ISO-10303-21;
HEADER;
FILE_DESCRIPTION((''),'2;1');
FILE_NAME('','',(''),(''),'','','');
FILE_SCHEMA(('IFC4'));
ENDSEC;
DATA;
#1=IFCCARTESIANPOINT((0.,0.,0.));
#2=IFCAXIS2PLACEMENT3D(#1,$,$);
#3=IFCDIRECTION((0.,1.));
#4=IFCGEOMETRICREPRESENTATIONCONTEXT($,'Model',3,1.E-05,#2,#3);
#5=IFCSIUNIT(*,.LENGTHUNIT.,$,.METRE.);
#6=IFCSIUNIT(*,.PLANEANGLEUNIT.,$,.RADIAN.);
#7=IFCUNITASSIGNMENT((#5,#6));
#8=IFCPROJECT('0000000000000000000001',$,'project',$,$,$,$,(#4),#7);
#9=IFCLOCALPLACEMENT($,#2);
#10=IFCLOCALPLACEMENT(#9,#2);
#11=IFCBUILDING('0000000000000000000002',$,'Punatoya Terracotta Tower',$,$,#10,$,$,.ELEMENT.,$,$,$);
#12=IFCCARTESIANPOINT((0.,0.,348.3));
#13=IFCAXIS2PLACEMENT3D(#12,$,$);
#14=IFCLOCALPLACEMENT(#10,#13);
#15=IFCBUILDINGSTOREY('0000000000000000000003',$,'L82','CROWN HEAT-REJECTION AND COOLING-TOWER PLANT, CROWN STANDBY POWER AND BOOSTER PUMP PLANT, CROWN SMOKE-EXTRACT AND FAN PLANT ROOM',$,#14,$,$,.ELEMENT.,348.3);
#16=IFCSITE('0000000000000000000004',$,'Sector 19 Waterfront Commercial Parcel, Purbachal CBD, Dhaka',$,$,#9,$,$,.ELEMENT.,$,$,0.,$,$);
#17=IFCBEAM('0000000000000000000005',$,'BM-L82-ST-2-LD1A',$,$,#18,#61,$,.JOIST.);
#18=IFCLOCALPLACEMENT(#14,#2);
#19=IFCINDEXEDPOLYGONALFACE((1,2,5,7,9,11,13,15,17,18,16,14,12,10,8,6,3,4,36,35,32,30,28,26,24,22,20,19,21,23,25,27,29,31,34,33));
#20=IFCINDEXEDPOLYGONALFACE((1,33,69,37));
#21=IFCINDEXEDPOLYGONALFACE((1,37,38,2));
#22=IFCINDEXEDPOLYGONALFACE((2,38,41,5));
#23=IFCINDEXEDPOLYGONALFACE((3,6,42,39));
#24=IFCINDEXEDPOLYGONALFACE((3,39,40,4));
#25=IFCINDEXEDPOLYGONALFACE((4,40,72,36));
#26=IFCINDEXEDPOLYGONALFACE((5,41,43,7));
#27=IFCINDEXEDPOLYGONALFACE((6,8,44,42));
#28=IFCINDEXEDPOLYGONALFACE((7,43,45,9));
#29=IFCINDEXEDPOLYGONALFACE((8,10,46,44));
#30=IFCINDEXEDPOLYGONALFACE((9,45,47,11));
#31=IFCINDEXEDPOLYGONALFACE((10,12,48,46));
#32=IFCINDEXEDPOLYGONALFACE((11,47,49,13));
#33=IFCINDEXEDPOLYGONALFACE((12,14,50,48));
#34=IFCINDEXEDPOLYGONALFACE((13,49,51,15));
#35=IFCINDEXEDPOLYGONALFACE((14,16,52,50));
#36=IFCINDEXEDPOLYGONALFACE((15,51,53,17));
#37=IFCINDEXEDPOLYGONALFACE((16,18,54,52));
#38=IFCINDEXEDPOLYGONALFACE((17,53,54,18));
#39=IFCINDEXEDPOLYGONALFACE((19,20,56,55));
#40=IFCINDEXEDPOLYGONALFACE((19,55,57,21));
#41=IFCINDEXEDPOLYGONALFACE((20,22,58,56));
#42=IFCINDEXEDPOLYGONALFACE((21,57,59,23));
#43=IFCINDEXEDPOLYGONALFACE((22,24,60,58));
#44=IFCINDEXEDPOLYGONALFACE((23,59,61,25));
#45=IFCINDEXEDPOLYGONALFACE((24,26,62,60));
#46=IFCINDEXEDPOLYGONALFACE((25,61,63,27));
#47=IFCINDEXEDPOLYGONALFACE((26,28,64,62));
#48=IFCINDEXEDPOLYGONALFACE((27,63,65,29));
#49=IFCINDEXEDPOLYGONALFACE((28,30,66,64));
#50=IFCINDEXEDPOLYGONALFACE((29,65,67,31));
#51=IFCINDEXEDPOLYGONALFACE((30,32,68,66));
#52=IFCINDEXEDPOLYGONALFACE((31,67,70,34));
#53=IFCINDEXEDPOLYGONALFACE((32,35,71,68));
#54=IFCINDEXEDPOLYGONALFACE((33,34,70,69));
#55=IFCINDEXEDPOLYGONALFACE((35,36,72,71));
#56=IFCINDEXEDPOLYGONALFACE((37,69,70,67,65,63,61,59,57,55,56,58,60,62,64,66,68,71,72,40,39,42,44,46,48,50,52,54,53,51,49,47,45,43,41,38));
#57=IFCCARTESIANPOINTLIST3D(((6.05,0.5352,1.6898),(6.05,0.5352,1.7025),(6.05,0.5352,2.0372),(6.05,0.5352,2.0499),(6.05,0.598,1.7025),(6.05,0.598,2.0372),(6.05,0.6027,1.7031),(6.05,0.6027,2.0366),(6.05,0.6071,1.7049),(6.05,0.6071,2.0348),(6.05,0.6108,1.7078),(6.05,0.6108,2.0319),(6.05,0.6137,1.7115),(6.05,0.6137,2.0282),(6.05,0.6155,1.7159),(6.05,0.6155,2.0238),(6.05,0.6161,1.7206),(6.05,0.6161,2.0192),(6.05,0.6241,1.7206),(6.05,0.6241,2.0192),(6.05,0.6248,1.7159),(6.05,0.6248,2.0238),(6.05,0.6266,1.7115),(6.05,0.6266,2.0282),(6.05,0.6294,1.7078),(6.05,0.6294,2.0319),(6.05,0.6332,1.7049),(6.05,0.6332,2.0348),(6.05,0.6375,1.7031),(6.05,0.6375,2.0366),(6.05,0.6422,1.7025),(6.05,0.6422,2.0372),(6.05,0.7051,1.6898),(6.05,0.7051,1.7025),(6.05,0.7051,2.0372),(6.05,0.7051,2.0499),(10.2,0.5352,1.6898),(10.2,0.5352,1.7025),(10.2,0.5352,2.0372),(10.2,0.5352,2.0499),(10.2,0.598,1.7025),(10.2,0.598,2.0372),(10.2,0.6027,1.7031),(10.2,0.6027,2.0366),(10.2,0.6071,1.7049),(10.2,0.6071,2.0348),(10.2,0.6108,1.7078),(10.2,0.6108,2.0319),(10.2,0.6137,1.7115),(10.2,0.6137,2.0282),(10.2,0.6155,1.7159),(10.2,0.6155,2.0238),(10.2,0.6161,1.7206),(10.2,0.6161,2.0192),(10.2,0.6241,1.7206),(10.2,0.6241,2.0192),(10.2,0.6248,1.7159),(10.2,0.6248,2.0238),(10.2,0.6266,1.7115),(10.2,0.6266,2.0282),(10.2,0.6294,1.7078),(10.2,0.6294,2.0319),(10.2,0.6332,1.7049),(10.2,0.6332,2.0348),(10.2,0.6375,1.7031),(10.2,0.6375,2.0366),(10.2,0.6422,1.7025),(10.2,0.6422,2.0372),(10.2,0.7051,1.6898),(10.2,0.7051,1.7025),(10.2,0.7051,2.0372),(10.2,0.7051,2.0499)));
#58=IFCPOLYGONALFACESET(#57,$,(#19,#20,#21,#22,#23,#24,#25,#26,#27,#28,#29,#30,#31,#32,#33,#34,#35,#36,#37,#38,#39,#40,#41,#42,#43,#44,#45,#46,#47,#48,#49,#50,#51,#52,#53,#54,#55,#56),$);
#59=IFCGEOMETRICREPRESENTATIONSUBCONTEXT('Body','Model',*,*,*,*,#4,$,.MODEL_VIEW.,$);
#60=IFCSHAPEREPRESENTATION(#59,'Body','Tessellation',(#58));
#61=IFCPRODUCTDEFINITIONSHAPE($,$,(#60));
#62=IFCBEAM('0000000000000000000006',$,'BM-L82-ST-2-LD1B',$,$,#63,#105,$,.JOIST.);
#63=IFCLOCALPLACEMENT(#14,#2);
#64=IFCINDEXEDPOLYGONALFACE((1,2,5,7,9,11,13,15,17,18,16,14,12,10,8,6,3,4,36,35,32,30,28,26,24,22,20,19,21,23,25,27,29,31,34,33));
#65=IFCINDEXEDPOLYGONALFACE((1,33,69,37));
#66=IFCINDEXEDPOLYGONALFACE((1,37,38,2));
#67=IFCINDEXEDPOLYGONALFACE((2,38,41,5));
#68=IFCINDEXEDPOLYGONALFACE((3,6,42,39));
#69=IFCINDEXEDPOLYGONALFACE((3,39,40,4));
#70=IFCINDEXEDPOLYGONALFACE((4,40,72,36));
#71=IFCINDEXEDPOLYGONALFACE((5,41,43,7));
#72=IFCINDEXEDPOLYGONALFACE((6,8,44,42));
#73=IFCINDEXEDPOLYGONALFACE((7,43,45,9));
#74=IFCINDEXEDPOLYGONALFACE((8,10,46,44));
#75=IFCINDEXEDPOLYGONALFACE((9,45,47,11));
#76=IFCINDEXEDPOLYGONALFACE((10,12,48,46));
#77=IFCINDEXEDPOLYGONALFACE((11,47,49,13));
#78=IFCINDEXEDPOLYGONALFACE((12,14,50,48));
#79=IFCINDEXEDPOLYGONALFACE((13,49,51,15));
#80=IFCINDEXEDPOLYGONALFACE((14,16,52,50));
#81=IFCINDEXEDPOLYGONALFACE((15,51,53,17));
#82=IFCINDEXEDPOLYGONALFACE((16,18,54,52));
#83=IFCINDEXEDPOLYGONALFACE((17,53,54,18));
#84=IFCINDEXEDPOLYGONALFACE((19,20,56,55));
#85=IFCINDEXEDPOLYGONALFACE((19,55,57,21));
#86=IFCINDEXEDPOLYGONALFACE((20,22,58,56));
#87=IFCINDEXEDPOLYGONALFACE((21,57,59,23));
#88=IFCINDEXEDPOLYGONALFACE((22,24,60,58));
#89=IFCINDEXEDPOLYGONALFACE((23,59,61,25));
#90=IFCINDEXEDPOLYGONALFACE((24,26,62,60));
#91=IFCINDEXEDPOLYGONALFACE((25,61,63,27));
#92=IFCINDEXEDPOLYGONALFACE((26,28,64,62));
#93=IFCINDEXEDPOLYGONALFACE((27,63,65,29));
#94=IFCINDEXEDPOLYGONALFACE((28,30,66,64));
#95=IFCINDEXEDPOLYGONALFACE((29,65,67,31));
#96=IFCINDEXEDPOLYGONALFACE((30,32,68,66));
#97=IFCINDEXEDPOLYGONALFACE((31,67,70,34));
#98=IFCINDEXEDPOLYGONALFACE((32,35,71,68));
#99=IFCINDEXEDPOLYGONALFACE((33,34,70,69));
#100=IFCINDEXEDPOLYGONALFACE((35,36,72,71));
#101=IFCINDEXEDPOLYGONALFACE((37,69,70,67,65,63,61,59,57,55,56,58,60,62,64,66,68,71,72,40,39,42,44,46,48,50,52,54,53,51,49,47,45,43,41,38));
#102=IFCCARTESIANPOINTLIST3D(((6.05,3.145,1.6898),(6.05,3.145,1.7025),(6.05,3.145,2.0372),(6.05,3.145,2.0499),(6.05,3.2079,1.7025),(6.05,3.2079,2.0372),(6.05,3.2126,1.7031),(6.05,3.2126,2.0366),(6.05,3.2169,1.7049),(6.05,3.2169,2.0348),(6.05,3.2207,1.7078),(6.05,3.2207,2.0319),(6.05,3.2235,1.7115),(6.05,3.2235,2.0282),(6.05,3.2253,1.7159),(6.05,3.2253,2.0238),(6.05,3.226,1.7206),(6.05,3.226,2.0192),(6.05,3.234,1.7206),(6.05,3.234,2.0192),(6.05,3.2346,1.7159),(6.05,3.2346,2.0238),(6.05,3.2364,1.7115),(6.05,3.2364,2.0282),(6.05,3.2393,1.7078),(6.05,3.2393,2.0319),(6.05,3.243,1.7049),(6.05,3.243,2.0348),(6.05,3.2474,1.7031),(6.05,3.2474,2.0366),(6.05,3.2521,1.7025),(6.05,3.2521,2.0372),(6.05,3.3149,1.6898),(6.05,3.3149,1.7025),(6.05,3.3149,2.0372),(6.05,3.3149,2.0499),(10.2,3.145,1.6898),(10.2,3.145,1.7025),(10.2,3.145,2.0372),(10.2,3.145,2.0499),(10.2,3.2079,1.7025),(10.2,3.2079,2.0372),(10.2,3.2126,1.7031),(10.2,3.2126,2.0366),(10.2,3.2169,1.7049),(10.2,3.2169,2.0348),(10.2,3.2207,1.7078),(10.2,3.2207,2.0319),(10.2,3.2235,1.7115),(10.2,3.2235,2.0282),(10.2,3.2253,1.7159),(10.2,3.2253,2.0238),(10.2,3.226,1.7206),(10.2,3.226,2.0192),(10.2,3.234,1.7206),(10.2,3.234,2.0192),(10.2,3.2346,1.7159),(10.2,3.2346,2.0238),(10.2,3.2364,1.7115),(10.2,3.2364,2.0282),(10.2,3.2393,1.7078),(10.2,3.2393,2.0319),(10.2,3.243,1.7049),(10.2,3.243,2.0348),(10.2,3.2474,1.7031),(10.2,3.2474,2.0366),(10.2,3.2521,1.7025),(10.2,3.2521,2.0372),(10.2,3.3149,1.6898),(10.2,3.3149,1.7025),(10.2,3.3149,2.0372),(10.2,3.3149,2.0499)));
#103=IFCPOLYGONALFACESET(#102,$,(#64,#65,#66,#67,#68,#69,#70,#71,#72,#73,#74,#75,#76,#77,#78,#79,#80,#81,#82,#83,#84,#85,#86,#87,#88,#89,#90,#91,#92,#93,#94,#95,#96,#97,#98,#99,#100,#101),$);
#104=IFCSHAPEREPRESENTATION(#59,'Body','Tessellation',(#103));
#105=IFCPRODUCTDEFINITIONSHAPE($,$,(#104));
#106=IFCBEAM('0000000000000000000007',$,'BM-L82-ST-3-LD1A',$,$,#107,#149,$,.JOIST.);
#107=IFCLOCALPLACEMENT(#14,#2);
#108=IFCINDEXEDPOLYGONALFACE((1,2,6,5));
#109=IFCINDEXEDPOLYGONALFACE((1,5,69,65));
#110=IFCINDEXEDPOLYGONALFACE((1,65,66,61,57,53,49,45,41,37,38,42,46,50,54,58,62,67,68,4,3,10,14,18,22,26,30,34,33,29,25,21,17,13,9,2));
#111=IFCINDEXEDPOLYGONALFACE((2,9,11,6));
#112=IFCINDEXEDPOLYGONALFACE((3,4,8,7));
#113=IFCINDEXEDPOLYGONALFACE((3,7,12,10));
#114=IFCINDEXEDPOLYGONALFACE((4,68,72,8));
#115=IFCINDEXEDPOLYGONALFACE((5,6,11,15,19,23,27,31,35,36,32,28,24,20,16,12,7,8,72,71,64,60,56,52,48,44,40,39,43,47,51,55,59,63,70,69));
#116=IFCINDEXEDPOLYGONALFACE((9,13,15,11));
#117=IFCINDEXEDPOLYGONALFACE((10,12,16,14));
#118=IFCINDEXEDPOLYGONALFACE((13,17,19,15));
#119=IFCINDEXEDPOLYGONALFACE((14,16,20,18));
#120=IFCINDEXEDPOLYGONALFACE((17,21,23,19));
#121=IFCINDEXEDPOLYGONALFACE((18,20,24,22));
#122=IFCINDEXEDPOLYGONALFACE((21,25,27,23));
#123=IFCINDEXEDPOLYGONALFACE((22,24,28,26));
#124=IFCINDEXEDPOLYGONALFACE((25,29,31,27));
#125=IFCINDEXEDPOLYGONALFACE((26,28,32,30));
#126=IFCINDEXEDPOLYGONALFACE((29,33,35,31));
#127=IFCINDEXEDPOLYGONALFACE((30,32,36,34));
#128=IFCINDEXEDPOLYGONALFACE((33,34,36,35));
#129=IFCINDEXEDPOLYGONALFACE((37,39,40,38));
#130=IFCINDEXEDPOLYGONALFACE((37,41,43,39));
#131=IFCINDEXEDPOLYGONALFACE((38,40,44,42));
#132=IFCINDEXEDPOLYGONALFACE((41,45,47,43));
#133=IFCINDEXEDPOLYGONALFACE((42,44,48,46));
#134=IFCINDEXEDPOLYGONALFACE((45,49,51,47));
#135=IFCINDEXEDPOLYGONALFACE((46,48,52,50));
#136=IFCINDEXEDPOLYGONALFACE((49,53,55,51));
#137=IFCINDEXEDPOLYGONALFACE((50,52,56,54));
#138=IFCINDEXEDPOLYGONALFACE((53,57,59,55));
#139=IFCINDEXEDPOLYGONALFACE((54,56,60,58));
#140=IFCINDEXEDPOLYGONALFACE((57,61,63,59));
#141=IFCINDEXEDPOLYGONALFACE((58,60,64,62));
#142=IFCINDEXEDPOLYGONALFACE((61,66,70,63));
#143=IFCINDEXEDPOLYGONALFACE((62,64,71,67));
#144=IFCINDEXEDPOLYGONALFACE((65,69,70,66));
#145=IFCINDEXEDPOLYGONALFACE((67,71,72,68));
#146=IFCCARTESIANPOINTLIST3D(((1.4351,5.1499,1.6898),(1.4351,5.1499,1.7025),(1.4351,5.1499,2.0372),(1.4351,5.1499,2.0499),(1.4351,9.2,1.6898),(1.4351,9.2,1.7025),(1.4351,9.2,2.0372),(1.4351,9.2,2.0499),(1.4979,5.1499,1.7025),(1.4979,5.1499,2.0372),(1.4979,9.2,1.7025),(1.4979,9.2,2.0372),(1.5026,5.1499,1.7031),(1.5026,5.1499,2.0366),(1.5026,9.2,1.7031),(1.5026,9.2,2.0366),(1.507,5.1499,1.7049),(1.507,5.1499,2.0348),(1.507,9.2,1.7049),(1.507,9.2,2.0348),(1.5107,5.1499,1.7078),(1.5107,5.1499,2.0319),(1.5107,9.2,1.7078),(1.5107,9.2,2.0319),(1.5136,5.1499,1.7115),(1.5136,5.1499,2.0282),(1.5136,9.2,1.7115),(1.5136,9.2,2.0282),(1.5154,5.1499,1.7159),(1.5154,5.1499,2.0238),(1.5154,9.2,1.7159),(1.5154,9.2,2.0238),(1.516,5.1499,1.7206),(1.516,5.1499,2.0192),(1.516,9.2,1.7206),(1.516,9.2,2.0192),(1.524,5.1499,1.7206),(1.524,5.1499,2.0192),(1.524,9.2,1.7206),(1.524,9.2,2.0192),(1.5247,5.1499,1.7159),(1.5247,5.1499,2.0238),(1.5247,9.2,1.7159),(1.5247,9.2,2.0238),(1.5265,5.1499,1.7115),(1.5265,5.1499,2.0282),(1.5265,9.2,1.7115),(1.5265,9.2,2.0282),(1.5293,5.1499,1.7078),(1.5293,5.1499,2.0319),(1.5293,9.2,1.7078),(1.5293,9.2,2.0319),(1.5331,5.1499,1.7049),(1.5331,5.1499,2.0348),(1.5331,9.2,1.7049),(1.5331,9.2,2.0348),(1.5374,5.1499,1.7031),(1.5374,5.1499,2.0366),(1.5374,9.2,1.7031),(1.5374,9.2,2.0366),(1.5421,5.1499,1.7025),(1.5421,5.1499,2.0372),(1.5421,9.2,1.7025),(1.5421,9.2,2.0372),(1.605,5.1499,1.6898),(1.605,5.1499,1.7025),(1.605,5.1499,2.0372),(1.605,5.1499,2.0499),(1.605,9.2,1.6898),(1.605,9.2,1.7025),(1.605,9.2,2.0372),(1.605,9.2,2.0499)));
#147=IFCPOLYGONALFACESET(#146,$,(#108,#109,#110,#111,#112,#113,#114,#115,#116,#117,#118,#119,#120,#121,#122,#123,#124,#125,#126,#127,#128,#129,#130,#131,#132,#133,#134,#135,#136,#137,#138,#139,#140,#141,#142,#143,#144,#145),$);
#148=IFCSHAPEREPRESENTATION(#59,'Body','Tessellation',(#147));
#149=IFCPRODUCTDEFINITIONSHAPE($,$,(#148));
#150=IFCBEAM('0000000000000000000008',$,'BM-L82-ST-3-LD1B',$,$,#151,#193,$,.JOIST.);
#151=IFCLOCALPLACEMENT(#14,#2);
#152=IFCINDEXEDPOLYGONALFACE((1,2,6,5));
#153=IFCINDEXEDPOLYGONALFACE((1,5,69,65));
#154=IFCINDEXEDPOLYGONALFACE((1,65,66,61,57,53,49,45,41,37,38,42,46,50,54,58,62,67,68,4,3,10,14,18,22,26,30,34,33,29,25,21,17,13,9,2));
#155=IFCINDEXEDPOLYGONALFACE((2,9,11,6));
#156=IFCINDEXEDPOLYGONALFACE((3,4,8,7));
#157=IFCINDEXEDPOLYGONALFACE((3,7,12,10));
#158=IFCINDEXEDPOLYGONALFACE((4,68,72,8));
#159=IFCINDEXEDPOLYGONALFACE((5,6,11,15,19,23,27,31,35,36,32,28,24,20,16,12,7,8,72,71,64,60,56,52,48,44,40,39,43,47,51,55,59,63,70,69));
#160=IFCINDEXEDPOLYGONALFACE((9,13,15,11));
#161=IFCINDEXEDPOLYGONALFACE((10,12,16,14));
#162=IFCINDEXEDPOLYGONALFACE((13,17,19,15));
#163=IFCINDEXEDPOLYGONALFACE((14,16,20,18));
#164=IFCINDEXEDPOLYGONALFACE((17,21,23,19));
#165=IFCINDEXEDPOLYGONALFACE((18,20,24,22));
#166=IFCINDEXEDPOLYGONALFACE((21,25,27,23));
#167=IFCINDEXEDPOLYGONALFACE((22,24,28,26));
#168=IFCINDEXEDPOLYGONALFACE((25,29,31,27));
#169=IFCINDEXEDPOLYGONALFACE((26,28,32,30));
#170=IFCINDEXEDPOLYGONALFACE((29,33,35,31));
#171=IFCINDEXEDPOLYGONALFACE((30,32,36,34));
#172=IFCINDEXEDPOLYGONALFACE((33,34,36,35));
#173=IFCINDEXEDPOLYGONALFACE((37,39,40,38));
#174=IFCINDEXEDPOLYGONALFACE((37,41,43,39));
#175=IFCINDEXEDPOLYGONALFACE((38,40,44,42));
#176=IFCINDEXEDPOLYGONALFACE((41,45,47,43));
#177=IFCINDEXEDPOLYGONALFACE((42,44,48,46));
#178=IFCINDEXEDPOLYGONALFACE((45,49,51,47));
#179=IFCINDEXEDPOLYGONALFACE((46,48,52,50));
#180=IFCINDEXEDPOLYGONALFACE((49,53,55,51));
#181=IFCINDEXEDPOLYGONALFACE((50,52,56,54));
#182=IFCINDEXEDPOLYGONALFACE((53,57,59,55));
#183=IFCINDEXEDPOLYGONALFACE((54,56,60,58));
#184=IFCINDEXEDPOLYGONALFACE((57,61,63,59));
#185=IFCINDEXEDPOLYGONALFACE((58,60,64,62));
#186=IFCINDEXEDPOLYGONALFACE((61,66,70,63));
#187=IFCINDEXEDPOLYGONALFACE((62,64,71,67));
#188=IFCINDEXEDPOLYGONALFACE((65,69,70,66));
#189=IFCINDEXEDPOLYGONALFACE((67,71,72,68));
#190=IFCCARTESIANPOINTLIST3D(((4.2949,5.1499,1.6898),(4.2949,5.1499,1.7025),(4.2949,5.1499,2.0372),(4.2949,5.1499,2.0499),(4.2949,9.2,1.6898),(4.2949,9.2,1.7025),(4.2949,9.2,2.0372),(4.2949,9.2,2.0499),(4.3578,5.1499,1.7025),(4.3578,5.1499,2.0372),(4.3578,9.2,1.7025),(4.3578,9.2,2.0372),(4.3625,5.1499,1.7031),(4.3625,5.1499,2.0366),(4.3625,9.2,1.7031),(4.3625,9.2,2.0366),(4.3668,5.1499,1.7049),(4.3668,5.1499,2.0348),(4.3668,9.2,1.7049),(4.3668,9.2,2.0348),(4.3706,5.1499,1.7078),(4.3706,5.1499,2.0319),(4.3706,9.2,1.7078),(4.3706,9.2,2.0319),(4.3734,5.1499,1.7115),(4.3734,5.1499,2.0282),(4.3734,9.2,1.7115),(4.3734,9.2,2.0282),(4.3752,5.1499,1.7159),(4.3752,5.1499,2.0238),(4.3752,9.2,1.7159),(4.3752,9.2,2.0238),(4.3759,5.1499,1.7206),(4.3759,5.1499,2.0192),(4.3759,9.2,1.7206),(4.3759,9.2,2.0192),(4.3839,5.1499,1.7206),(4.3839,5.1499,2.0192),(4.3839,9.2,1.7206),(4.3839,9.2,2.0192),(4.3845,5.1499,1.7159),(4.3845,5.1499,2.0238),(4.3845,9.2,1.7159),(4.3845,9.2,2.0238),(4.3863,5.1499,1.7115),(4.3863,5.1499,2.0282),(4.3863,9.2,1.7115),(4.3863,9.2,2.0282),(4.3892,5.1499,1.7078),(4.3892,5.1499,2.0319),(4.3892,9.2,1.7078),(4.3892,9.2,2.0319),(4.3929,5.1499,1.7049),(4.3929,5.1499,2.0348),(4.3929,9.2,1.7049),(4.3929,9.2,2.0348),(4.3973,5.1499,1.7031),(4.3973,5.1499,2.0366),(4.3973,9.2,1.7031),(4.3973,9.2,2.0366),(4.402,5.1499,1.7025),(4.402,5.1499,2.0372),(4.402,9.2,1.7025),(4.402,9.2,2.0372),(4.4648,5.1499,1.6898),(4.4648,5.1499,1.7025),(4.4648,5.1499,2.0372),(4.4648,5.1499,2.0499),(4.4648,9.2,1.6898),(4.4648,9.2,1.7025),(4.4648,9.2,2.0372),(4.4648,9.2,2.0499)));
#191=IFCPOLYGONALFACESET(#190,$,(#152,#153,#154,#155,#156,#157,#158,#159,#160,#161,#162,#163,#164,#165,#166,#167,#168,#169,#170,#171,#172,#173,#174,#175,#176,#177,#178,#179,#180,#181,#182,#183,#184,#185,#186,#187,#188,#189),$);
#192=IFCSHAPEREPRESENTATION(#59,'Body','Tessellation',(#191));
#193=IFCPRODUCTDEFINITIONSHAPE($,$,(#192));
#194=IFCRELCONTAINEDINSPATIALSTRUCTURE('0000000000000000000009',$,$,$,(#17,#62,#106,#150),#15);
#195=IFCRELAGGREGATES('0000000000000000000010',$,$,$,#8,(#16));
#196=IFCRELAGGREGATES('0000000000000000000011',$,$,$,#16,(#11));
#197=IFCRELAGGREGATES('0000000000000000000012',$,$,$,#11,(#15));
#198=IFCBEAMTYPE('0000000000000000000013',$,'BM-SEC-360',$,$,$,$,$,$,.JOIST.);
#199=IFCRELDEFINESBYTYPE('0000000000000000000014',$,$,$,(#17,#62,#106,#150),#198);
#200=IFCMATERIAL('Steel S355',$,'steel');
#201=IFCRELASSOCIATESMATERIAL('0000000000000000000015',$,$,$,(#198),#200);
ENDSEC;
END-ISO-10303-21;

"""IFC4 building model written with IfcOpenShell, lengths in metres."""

from ifc_helpers import new_model, si_unit, direction, frame, origin, origin_2d, place, context, subcontext, project, spatial, i_section, extrude, material, material_profile, profile_set, type_object, element, save


model = new_model("IFC4")

# Units and contexts
model_context = context("Model", 3, precision=1e-05, world=origin(), true_north=direction((0.0, 1.0)))
body_context = subcontext(model_context, "Body", "Model", "MODEL_VIEW")
ifc_project = project(units=[si_unit("LENGTHUNIT", "METRE"), si_unit("PLANEANGLEUNIT", "RADIAN")], contexts=[model_context])

# Site, building, storey
site_placement = place(None, origin())
site = spatial("IfcSite", under=ifc_project, at=site_placement, Name="Sector 19 Waterfront Commercial Parcel, Purbachal CBD, Dhaka", CompositionType="ELEMENT", RefElevation=0.0)
building_placement = place(site_placement, origin())
building = spatial("IfcBuilding", under=site, at=building_placement, Name="Punatoya Terracotta Tower", CompositionType="ELEMENT")
storey_placement = place(building_placement, frame((0.0, 0.0, 348.3)))
storey = spatial("IfcBuildingStorey", under=building, at=storey_placement, Name="L82", Description="CROWN HEAT-REJECTION AND COOLING-TOWER PLANT, CROWN STANDBY POWER AND BOOSTER PUMP PLANT, CROWN SMOKE-EXTRACT AND FAN PLANT ROOM", CompositionType="ELEMENT", Elevation=348.3)

# Beams
ifc_material_1 = material(Name="Steel S355", Category="steel")
ifc_material_profile_1 = material_profile(ifc_material_1, i_section(OverallWidth=0.1699, OverallDepth=0.3601, WebThickness=0.0081, FlangeThickness=0.0127, FilletRadius=0.0181, at=origin_2d()))
ifc_profile_set_1 = profile_set([ifc_material_profile_1], Name="Steel S355")
beam_type_1 = type_object("IfcBeamType", Name="BM-SEC-360", PredefinedType="JOIST", material=ifc_profile_set_1)
for number, where, z_axis, x_axis, name in (
    (1, (6.05, 0.6201, 1.8699), (1.0, 0.0, 0.0), (0.0, 1.0, 0.0), "BM-L82-ST-2-LD1A"),
    (2, (6.05, 3.23, 1.8699), (1.0, 0.0, 0.0), (0.0, 1.0, 0.0), "BM-L82-ST-2-LD1B"),
):
    element("IfcBeam", number, at=place(storey_placement, frame(where, z_axis=z_axis, x_axis=x_axis)), inside=storey, type_object=beam_type_1, Name=name, PredefinedType="JOIST", context=body_context, shape_type="SweptSolid", body=[
        extrude(i_section(OverallWidth=0.1699, OverallDepth=0.3601, WebThickness=0.0081, FlangeThickness=0.0127, FilletRadius=0.0181, at=origin_2d()), origin(), (0.0, 0.0, 1.0), 4.1499),
    ])
for number, where, z_axis, x_axis, name in (
    (3, (1.52, 5.1499, 1.8699), (0.0, 1.0, 0.0), (-1.0, 0.0, 0.0), "BM-L82-ST-3-LD1A"),
    (4, (4.3799, 5.1499, 1.8699), (0.0, 1.0, 0.0), (-1.0, 0.0, 0.0), "BM-L82-ST-3-LD1B"),
):
    element("IfcBeam", number, at=place(storey_placement, frame(where, z_axis=z_axis, x_axis=x_axis)), inside=storey, type_object=beam_type_1, Name=name, PredefinedType="JOIST", context=body_context, shape_type="SweptSolid", body=[
        extrude(i_section(OverallWidth=0.1699, OverallDepth=0.3601, WebThickness=0.0081, FlangeThickness=0.0127, FilletRadius=0.0181, at=origin_2d()), origin(), (0.0, 0.0, 1.0), 4.05),
    ])

save(model, "model.ifc")
